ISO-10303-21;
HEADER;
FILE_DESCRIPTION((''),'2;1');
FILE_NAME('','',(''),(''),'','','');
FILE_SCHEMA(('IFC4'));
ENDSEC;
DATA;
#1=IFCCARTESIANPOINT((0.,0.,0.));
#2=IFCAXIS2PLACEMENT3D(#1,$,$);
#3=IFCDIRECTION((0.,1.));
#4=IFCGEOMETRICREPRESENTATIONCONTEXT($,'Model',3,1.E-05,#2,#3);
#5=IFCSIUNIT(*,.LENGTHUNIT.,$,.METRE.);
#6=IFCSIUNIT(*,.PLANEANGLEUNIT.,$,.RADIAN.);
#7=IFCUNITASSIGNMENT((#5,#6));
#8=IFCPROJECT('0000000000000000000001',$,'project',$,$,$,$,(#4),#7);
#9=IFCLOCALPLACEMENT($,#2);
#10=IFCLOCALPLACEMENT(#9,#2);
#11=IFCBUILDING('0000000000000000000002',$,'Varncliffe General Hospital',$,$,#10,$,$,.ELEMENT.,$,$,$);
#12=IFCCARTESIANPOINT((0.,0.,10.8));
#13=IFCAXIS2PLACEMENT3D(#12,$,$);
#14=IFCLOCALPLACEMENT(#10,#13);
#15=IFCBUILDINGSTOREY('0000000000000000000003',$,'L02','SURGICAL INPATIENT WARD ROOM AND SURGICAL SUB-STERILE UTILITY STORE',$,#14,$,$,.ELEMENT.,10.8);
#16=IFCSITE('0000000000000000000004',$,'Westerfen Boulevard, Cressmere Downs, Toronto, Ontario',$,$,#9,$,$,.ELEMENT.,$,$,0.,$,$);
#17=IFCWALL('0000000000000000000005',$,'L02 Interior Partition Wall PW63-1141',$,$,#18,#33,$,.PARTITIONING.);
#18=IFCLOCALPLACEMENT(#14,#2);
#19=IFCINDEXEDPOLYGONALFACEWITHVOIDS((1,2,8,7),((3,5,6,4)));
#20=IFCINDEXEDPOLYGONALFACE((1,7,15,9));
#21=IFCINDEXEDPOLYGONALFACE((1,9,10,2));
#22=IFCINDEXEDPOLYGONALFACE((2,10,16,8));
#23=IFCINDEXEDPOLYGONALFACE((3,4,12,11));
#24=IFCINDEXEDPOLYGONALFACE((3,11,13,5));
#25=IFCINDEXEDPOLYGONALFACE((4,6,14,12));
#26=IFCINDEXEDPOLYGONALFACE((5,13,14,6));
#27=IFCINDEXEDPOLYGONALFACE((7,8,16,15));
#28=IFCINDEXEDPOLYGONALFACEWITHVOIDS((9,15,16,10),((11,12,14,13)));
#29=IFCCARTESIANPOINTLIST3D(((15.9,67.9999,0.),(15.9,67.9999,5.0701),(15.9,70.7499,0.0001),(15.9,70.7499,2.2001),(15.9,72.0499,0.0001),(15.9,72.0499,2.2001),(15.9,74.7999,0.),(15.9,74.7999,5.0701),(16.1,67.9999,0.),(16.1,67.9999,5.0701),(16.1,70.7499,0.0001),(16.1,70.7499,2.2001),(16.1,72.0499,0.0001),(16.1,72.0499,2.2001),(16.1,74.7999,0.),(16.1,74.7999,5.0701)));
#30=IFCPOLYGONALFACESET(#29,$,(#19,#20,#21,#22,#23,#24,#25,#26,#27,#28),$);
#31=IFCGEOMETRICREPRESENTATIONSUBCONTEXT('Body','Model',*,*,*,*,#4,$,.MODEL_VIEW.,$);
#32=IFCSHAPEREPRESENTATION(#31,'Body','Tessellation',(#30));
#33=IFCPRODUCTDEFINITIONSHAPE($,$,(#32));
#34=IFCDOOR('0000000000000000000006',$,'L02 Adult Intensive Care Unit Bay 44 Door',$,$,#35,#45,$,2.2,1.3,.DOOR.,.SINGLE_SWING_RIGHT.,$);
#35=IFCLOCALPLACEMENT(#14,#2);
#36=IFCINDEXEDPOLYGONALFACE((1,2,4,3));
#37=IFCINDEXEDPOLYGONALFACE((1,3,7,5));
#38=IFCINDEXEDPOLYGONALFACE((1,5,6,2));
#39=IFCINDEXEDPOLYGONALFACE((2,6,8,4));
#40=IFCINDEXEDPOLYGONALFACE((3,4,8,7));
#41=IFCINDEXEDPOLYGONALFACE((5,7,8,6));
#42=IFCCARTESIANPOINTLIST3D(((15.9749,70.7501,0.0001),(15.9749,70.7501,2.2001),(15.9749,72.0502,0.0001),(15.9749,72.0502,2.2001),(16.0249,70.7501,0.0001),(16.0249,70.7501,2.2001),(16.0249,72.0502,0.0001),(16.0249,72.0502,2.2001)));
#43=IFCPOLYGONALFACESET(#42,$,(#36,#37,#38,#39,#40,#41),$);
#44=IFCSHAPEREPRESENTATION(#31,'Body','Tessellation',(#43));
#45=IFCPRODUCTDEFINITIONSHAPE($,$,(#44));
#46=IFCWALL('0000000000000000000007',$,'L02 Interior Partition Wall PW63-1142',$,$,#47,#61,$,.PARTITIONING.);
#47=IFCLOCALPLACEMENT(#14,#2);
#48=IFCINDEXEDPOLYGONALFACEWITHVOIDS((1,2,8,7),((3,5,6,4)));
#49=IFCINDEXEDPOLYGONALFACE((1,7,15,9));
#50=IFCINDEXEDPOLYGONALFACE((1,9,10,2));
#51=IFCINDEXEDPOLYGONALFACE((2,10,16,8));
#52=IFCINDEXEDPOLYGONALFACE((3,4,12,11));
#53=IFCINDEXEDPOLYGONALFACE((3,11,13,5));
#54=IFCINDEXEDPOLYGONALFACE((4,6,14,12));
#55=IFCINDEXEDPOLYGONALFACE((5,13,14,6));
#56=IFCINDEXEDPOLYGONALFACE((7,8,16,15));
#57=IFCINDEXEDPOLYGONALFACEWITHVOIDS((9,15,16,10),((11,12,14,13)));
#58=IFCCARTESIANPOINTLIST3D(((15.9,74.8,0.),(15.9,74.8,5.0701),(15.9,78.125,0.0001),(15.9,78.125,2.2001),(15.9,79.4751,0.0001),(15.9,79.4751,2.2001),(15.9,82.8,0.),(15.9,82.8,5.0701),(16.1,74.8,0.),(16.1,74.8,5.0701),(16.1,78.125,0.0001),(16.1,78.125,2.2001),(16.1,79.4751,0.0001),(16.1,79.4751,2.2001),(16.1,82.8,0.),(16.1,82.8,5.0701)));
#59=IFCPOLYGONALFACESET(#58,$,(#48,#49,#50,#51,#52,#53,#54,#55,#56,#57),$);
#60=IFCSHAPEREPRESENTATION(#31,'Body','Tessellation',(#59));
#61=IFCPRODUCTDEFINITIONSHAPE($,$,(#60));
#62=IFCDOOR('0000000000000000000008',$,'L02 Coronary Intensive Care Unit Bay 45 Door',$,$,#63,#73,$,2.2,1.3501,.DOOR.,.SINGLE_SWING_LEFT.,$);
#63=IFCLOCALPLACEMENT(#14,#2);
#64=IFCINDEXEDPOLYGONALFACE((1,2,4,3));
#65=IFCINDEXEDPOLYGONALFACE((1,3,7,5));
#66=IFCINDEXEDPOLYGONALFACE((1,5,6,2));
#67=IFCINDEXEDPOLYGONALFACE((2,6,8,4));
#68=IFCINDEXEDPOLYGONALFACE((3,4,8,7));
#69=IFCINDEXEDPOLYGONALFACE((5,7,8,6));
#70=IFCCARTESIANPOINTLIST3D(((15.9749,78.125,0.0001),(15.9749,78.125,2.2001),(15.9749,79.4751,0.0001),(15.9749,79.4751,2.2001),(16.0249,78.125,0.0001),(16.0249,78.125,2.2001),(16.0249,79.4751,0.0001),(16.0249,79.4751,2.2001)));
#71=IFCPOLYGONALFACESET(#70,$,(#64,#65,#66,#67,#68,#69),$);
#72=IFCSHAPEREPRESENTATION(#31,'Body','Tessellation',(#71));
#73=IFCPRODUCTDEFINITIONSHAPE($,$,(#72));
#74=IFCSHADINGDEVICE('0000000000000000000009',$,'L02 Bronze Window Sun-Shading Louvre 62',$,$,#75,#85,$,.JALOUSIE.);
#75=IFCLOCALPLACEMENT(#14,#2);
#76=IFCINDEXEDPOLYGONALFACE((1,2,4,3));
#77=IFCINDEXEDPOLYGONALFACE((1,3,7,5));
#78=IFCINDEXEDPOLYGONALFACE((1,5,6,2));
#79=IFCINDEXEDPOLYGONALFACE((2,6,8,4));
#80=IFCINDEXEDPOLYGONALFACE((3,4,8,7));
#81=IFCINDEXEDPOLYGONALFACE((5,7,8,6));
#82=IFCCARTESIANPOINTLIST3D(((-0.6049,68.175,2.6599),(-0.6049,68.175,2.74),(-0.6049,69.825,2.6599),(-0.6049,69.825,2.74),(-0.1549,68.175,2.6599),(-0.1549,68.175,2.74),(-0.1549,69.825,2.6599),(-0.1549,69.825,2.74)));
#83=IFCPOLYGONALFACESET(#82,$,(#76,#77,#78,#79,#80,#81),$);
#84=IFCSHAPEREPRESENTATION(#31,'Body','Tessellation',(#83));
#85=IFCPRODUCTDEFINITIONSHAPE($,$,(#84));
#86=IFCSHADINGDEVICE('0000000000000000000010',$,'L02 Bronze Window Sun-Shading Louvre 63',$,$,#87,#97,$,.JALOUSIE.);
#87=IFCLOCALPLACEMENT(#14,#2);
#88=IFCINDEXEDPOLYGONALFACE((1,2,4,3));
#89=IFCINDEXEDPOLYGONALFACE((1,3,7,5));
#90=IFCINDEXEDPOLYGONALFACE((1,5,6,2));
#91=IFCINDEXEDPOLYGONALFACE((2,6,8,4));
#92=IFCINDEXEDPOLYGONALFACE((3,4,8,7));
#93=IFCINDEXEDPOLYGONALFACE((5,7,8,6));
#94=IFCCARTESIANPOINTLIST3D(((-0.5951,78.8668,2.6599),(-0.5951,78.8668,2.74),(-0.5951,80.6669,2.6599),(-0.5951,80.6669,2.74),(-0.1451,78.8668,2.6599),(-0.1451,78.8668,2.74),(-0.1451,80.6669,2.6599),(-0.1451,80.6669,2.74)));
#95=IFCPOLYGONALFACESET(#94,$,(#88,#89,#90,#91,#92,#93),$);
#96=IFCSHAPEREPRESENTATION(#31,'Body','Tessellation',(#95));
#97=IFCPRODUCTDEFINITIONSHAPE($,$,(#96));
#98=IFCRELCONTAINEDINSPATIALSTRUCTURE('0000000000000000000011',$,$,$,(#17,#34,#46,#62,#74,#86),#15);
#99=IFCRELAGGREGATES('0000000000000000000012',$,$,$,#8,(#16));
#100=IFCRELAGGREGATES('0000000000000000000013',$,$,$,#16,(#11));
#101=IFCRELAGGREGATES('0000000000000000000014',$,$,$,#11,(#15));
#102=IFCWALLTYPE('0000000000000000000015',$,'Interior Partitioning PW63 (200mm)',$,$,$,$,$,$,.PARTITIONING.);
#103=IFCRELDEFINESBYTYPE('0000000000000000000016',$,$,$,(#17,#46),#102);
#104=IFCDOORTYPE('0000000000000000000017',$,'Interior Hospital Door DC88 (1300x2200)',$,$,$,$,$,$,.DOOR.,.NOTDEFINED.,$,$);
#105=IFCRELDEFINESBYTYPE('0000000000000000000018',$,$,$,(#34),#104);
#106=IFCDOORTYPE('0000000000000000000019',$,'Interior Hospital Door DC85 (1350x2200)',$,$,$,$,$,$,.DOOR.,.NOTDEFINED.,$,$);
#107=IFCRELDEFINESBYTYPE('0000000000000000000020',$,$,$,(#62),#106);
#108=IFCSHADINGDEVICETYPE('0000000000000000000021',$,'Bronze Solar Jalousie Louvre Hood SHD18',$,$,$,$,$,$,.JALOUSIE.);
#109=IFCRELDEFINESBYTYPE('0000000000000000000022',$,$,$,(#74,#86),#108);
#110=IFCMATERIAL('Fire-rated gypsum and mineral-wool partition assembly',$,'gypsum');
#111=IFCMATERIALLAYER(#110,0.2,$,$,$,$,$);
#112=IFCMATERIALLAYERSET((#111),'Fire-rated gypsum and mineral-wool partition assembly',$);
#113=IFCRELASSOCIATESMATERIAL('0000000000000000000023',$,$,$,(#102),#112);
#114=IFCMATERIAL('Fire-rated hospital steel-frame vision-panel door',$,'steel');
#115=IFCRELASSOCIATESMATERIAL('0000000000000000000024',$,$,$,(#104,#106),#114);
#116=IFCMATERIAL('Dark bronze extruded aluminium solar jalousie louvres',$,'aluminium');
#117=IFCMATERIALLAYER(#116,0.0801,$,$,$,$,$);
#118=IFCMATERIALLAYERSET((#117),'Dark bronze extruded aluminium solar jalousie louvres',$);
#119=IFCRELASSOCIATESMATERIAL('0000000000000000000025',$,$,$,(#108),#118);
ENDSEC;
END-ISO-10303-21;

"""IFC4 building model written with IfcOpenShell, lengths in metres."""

from ifc_helpers import new_model, si_unit, direction, frame, frame_2d, origin, origin_2d, place, context, subcontext, project, spatial, rectangle, extrude, material, layer, layer_set, type_object, element, fill, save


model = new_model("IFC4")

# Units and contexts
model_context = context("Model", 3, precision=1e-05, world=origin(), true_north=direction((0.0, 1.0)))
body_context = subcontext(model_context, "Body", "Model", "MODEL_VIEW")
ifc_project = project(units=[si_unit("LENGTHUNIT", "METRE"), si_unit("PLANEANGLEUNIT", "RADIAN")], contexts=[model_context])

# Site, building, storey
site_placement = place(None, origin())
site = spatial("IfcSite", under=ifc_project, at=site_placement, Name="Westerfen Boulevard, Cressmere Downs, Toronto, Ontario", CompositionType="ELEMENT", RefElevation=0.0)
building_placement = place(site_placement, origin())
building = spatial("IfcBuilding", under=site, at=building_placement, Name="Varncliffe General Hospital", CompositionType="ELEMENT")
storey_placement = place(building_placement, frame((0.0, 0.0, 10.8)))
storey = spatial("IfcBuildingStorey", under=building, at=storey_placement, Name="L02", Description="SURGICAL INPATIENT WARD ROOM AND SURGICAL SUB-STERILE UTILITY STORE", CompositionType="ELEMENT", Elevation=10.8)

# Walls, openings, doors
ifc_material_1 = material(Name="Fire-rated gypsum and mineral-wool partition assembly", Category="gypsum")
ifc_layer_1 = layer(ifc_material_1, 0.2)
ifc_layer_set_1 = layer_set([ifc_layer_1], Name="Fire-rated gypsum and mineral-wool partition assembly")
wall_type_1 = type_object("IfcWallType", Name="Interior Partitioning PW63 (200mm)", PredefinedType="PARTITIONING", material=ifc_layer_set_1)
ifc_material_2 = material(Name="Fire-rated hospital steel-frame vision-panel door", Category="steel")
wall_1_placement = place(storey_placement, frame((16.0, 68.0, 0.0), z_axis=(0.0, 0.0, 1.0), x_axis=(0.0, 1.0, 0.0)))
wall_1 = element("IfcWall", 1, at=wall_1_placement, inside=storey, type_object=wall_type_1, Name="L02 Interior Partition Wall PW63-1141", PredefinedType="PARTITIONING", context=body_context, shape_type="SweptSolid", body=[
    extrude(rectangle(XDim=6.8, YDim=0.2, at=frame_2d((3.3999, 0.0))), origin(), (0.0, 0.0, 1.0), 5.0701),
])
opening_1_placement = place(wall_1_placement, frame((2.75, 0.0, 0.0)))
opening_1 = element("IfcOpeningElement", 2, at=opening_1_placement, cuts=wall_1, PredefinedType="OPENING", context=body_context, shape_type="SweptSolid", body=[
    extrude(rectangle(XDim=1.3, YDim=2.2, at=frame_2d((0.6499, 1.1001))), frame((0.0, 0.1099, 0.0), z_axis=(0.0, -1.0, 0.0), x_axis=(1.0, 0.0, 0.0)), (0.0, 0.0, 1.0), 0.22),
])
door_type_1 = type_object("IfcDoorType", Name="Interior Hospital Door DC88 (1300x2200)", OperationType="NOTDEFINED", PredefinedType="DOOR", material=ifc_material_2)
door_1_placement = place(opening_1_placement, frame((1.3, 0.0, 0.0), z_axis=(0.0, 0.0, 1.0), x_axis=(-1.0, 0.0, 0.0)))
door_1 = element("IfcDoor", 3, at=door_1_placement, inside=storey, type_object=door_type_1, Name="L02 Adult Intensive Care Unit Bay 44 Door", OperationType="SINGLE_SWING_RIGHT", OverallHeight=2.2, OverallWidth=1.3, PredefinedType="DOOR", context=body_context, shape_type="SweptSolid", body=[
    extrude(rectangle(XDim=1.3, YDim=2.2, at=frame_2d((0.6499, 1.1001))), frame((0.0, 0.0249, 0.0), z_axis=(0.0, -1.0, 0.0), x_axis=(1.0, 0.0, 0.0)), (0.0, 0.0, 1.0), 0.05),
])
fill(opening_1, door_1)
wall_2_placement = place(storey_placement, frame((16.0, 74.8, 0.0), z_axis=(0.0, 0.0, 1.0), x_axis=(0.0, 1.0, 0.0)))
wall_2 = element("IfcWall", 4, at=wall_2_placement, inside=storey, type_object=wall_type_1, Name="L02 Interior Partition Wall PW63-1142", PredefinedType="PARTITIONING", context=body_context, shape_type="SweptSolid", body=[
    extrude(rectangle(XDim=8.0, YDim=0.2, at=frame_2d((4.0, 0.0))), origin(), (0.0, 0.0, 1.0), 5.0701),
])
opening_2_placement = place(wall_2_placement, frame((3.325, 0.0, 0.0)))
opening_2 = element("IfcOpeningElement", 5, at=opening_2_placement, cuts=wall_2, PredefinedType="OPENING", context=body_context, shape_type="SweptSolid", body=[
    extrude(rectangle(XDim=1.3501, YDim=2.2, at=frame_2d((0.675, 1.1001))), frame((0.0, 0.1099, 0.0), z_axis=(0.0, -1.0, 0.0), x_axis=(1.0, 0.0, 0.0)), (0.0, 0.0, 1.0), 0.22),
])
door_type_2 = type_object("IfcDoorType", Name="Interior Hospital Door DC85 (1350x2200)", OperationType="NOTDEFINED", PredefinedType="DOOR", material=ifc_material_2)
door_2_placement = place(opening_2_placement, frame((1.3501, 0.0, 0.0), z_axis=(0.0, 0.0, 1.0), x_axis=(-1.0, 0.0, 0.0)))
door_2 = element("IfcDoor", 6, at=door_2_placement, inside=storey, type_object=door_type_2, Name="L02 Coronary Intensive Care Unit Bay 45 Door", OperationType="SINGLE_SWING_LEFT", OverallHeight=2.2, OverallWidth=1.3501, PredefinedType="DOOR", context=body_context, shape_type="SweptSolid", body=[
    extrude(rectangle(XDim=1.3501, YDim=2.2, at=frame_2d((0.675, 1.1001))), frame((0.0, 0.0249, 0.0), z_axis=(0.0, -1.0, 0.0), x_axis=(1.0, 0.0, 0.0)), (0.0, 0.0, 1.0), 0.05),
])
fill(opening_2, door_2)

# Shading devices
ifc_material_3 = material(Name="Dark bronze extruded aluminium solar jalousie louvres", Category="aluminium")
ifc_layer_2 = layer(ifc_material_3, 0.0801)
ifc_layer_set_2 = layer_set([ifc_layer_2], Name="Dark bronze extruded aluminium solar jalousie louvres")
shading_device_type = type_object("IfcShadingDeviceType", Name="Bronze Solar Jalousie Louvre Hood SHD18", PredefinedType="JALOUSIE", material=ifc_layer_set_2)
shading_device_1_placement = place(storey_placement, frame((-0.3799, 69.0, 2.6599), z_axis=(0.0, 0.0, 1.0), x_axis=(0.0, 1.0, 0.0)))
element("IfcShadingDevice", 7, at=shading_device_1_placement, inside=storey, type_object=shading_device_type, Name="L02 Bronze Window Sun-Shading Louvre 62", PredefinedType="JALOUSIE", context=body_context, shape_type="SweptSolid", body=[
    extrude(rectangle(XDim=1.6499, YDim=0.45, at=origin_2d()), origin(), (0.0, 0.0, 1.0), 0.0801),
])
shading_device_2_placement = place(storey_placement, frame((-0.3701, 79.7668, 2.6599), z_axis=(0.0, 0.0, 1.0), x_axis=(0.0, 1.0, 0.0)))
element("IfcShadingDevice", 8, at=shading_device_2_placement, inside=storey, type_object=shading_device_type, Name="L02 Bronze Window Sun-Shading Louvre 63", PredefinedType="JALOUSIE", context=body_context, shape_type="SweptSolid", body=[
    extrude(rectangle(XDim=1.8, YDim=0.45, at=origin_2d()), origin(), (0.0, 0.0, 1.0), 0.0801),
])

save(model, "model.ifc")
